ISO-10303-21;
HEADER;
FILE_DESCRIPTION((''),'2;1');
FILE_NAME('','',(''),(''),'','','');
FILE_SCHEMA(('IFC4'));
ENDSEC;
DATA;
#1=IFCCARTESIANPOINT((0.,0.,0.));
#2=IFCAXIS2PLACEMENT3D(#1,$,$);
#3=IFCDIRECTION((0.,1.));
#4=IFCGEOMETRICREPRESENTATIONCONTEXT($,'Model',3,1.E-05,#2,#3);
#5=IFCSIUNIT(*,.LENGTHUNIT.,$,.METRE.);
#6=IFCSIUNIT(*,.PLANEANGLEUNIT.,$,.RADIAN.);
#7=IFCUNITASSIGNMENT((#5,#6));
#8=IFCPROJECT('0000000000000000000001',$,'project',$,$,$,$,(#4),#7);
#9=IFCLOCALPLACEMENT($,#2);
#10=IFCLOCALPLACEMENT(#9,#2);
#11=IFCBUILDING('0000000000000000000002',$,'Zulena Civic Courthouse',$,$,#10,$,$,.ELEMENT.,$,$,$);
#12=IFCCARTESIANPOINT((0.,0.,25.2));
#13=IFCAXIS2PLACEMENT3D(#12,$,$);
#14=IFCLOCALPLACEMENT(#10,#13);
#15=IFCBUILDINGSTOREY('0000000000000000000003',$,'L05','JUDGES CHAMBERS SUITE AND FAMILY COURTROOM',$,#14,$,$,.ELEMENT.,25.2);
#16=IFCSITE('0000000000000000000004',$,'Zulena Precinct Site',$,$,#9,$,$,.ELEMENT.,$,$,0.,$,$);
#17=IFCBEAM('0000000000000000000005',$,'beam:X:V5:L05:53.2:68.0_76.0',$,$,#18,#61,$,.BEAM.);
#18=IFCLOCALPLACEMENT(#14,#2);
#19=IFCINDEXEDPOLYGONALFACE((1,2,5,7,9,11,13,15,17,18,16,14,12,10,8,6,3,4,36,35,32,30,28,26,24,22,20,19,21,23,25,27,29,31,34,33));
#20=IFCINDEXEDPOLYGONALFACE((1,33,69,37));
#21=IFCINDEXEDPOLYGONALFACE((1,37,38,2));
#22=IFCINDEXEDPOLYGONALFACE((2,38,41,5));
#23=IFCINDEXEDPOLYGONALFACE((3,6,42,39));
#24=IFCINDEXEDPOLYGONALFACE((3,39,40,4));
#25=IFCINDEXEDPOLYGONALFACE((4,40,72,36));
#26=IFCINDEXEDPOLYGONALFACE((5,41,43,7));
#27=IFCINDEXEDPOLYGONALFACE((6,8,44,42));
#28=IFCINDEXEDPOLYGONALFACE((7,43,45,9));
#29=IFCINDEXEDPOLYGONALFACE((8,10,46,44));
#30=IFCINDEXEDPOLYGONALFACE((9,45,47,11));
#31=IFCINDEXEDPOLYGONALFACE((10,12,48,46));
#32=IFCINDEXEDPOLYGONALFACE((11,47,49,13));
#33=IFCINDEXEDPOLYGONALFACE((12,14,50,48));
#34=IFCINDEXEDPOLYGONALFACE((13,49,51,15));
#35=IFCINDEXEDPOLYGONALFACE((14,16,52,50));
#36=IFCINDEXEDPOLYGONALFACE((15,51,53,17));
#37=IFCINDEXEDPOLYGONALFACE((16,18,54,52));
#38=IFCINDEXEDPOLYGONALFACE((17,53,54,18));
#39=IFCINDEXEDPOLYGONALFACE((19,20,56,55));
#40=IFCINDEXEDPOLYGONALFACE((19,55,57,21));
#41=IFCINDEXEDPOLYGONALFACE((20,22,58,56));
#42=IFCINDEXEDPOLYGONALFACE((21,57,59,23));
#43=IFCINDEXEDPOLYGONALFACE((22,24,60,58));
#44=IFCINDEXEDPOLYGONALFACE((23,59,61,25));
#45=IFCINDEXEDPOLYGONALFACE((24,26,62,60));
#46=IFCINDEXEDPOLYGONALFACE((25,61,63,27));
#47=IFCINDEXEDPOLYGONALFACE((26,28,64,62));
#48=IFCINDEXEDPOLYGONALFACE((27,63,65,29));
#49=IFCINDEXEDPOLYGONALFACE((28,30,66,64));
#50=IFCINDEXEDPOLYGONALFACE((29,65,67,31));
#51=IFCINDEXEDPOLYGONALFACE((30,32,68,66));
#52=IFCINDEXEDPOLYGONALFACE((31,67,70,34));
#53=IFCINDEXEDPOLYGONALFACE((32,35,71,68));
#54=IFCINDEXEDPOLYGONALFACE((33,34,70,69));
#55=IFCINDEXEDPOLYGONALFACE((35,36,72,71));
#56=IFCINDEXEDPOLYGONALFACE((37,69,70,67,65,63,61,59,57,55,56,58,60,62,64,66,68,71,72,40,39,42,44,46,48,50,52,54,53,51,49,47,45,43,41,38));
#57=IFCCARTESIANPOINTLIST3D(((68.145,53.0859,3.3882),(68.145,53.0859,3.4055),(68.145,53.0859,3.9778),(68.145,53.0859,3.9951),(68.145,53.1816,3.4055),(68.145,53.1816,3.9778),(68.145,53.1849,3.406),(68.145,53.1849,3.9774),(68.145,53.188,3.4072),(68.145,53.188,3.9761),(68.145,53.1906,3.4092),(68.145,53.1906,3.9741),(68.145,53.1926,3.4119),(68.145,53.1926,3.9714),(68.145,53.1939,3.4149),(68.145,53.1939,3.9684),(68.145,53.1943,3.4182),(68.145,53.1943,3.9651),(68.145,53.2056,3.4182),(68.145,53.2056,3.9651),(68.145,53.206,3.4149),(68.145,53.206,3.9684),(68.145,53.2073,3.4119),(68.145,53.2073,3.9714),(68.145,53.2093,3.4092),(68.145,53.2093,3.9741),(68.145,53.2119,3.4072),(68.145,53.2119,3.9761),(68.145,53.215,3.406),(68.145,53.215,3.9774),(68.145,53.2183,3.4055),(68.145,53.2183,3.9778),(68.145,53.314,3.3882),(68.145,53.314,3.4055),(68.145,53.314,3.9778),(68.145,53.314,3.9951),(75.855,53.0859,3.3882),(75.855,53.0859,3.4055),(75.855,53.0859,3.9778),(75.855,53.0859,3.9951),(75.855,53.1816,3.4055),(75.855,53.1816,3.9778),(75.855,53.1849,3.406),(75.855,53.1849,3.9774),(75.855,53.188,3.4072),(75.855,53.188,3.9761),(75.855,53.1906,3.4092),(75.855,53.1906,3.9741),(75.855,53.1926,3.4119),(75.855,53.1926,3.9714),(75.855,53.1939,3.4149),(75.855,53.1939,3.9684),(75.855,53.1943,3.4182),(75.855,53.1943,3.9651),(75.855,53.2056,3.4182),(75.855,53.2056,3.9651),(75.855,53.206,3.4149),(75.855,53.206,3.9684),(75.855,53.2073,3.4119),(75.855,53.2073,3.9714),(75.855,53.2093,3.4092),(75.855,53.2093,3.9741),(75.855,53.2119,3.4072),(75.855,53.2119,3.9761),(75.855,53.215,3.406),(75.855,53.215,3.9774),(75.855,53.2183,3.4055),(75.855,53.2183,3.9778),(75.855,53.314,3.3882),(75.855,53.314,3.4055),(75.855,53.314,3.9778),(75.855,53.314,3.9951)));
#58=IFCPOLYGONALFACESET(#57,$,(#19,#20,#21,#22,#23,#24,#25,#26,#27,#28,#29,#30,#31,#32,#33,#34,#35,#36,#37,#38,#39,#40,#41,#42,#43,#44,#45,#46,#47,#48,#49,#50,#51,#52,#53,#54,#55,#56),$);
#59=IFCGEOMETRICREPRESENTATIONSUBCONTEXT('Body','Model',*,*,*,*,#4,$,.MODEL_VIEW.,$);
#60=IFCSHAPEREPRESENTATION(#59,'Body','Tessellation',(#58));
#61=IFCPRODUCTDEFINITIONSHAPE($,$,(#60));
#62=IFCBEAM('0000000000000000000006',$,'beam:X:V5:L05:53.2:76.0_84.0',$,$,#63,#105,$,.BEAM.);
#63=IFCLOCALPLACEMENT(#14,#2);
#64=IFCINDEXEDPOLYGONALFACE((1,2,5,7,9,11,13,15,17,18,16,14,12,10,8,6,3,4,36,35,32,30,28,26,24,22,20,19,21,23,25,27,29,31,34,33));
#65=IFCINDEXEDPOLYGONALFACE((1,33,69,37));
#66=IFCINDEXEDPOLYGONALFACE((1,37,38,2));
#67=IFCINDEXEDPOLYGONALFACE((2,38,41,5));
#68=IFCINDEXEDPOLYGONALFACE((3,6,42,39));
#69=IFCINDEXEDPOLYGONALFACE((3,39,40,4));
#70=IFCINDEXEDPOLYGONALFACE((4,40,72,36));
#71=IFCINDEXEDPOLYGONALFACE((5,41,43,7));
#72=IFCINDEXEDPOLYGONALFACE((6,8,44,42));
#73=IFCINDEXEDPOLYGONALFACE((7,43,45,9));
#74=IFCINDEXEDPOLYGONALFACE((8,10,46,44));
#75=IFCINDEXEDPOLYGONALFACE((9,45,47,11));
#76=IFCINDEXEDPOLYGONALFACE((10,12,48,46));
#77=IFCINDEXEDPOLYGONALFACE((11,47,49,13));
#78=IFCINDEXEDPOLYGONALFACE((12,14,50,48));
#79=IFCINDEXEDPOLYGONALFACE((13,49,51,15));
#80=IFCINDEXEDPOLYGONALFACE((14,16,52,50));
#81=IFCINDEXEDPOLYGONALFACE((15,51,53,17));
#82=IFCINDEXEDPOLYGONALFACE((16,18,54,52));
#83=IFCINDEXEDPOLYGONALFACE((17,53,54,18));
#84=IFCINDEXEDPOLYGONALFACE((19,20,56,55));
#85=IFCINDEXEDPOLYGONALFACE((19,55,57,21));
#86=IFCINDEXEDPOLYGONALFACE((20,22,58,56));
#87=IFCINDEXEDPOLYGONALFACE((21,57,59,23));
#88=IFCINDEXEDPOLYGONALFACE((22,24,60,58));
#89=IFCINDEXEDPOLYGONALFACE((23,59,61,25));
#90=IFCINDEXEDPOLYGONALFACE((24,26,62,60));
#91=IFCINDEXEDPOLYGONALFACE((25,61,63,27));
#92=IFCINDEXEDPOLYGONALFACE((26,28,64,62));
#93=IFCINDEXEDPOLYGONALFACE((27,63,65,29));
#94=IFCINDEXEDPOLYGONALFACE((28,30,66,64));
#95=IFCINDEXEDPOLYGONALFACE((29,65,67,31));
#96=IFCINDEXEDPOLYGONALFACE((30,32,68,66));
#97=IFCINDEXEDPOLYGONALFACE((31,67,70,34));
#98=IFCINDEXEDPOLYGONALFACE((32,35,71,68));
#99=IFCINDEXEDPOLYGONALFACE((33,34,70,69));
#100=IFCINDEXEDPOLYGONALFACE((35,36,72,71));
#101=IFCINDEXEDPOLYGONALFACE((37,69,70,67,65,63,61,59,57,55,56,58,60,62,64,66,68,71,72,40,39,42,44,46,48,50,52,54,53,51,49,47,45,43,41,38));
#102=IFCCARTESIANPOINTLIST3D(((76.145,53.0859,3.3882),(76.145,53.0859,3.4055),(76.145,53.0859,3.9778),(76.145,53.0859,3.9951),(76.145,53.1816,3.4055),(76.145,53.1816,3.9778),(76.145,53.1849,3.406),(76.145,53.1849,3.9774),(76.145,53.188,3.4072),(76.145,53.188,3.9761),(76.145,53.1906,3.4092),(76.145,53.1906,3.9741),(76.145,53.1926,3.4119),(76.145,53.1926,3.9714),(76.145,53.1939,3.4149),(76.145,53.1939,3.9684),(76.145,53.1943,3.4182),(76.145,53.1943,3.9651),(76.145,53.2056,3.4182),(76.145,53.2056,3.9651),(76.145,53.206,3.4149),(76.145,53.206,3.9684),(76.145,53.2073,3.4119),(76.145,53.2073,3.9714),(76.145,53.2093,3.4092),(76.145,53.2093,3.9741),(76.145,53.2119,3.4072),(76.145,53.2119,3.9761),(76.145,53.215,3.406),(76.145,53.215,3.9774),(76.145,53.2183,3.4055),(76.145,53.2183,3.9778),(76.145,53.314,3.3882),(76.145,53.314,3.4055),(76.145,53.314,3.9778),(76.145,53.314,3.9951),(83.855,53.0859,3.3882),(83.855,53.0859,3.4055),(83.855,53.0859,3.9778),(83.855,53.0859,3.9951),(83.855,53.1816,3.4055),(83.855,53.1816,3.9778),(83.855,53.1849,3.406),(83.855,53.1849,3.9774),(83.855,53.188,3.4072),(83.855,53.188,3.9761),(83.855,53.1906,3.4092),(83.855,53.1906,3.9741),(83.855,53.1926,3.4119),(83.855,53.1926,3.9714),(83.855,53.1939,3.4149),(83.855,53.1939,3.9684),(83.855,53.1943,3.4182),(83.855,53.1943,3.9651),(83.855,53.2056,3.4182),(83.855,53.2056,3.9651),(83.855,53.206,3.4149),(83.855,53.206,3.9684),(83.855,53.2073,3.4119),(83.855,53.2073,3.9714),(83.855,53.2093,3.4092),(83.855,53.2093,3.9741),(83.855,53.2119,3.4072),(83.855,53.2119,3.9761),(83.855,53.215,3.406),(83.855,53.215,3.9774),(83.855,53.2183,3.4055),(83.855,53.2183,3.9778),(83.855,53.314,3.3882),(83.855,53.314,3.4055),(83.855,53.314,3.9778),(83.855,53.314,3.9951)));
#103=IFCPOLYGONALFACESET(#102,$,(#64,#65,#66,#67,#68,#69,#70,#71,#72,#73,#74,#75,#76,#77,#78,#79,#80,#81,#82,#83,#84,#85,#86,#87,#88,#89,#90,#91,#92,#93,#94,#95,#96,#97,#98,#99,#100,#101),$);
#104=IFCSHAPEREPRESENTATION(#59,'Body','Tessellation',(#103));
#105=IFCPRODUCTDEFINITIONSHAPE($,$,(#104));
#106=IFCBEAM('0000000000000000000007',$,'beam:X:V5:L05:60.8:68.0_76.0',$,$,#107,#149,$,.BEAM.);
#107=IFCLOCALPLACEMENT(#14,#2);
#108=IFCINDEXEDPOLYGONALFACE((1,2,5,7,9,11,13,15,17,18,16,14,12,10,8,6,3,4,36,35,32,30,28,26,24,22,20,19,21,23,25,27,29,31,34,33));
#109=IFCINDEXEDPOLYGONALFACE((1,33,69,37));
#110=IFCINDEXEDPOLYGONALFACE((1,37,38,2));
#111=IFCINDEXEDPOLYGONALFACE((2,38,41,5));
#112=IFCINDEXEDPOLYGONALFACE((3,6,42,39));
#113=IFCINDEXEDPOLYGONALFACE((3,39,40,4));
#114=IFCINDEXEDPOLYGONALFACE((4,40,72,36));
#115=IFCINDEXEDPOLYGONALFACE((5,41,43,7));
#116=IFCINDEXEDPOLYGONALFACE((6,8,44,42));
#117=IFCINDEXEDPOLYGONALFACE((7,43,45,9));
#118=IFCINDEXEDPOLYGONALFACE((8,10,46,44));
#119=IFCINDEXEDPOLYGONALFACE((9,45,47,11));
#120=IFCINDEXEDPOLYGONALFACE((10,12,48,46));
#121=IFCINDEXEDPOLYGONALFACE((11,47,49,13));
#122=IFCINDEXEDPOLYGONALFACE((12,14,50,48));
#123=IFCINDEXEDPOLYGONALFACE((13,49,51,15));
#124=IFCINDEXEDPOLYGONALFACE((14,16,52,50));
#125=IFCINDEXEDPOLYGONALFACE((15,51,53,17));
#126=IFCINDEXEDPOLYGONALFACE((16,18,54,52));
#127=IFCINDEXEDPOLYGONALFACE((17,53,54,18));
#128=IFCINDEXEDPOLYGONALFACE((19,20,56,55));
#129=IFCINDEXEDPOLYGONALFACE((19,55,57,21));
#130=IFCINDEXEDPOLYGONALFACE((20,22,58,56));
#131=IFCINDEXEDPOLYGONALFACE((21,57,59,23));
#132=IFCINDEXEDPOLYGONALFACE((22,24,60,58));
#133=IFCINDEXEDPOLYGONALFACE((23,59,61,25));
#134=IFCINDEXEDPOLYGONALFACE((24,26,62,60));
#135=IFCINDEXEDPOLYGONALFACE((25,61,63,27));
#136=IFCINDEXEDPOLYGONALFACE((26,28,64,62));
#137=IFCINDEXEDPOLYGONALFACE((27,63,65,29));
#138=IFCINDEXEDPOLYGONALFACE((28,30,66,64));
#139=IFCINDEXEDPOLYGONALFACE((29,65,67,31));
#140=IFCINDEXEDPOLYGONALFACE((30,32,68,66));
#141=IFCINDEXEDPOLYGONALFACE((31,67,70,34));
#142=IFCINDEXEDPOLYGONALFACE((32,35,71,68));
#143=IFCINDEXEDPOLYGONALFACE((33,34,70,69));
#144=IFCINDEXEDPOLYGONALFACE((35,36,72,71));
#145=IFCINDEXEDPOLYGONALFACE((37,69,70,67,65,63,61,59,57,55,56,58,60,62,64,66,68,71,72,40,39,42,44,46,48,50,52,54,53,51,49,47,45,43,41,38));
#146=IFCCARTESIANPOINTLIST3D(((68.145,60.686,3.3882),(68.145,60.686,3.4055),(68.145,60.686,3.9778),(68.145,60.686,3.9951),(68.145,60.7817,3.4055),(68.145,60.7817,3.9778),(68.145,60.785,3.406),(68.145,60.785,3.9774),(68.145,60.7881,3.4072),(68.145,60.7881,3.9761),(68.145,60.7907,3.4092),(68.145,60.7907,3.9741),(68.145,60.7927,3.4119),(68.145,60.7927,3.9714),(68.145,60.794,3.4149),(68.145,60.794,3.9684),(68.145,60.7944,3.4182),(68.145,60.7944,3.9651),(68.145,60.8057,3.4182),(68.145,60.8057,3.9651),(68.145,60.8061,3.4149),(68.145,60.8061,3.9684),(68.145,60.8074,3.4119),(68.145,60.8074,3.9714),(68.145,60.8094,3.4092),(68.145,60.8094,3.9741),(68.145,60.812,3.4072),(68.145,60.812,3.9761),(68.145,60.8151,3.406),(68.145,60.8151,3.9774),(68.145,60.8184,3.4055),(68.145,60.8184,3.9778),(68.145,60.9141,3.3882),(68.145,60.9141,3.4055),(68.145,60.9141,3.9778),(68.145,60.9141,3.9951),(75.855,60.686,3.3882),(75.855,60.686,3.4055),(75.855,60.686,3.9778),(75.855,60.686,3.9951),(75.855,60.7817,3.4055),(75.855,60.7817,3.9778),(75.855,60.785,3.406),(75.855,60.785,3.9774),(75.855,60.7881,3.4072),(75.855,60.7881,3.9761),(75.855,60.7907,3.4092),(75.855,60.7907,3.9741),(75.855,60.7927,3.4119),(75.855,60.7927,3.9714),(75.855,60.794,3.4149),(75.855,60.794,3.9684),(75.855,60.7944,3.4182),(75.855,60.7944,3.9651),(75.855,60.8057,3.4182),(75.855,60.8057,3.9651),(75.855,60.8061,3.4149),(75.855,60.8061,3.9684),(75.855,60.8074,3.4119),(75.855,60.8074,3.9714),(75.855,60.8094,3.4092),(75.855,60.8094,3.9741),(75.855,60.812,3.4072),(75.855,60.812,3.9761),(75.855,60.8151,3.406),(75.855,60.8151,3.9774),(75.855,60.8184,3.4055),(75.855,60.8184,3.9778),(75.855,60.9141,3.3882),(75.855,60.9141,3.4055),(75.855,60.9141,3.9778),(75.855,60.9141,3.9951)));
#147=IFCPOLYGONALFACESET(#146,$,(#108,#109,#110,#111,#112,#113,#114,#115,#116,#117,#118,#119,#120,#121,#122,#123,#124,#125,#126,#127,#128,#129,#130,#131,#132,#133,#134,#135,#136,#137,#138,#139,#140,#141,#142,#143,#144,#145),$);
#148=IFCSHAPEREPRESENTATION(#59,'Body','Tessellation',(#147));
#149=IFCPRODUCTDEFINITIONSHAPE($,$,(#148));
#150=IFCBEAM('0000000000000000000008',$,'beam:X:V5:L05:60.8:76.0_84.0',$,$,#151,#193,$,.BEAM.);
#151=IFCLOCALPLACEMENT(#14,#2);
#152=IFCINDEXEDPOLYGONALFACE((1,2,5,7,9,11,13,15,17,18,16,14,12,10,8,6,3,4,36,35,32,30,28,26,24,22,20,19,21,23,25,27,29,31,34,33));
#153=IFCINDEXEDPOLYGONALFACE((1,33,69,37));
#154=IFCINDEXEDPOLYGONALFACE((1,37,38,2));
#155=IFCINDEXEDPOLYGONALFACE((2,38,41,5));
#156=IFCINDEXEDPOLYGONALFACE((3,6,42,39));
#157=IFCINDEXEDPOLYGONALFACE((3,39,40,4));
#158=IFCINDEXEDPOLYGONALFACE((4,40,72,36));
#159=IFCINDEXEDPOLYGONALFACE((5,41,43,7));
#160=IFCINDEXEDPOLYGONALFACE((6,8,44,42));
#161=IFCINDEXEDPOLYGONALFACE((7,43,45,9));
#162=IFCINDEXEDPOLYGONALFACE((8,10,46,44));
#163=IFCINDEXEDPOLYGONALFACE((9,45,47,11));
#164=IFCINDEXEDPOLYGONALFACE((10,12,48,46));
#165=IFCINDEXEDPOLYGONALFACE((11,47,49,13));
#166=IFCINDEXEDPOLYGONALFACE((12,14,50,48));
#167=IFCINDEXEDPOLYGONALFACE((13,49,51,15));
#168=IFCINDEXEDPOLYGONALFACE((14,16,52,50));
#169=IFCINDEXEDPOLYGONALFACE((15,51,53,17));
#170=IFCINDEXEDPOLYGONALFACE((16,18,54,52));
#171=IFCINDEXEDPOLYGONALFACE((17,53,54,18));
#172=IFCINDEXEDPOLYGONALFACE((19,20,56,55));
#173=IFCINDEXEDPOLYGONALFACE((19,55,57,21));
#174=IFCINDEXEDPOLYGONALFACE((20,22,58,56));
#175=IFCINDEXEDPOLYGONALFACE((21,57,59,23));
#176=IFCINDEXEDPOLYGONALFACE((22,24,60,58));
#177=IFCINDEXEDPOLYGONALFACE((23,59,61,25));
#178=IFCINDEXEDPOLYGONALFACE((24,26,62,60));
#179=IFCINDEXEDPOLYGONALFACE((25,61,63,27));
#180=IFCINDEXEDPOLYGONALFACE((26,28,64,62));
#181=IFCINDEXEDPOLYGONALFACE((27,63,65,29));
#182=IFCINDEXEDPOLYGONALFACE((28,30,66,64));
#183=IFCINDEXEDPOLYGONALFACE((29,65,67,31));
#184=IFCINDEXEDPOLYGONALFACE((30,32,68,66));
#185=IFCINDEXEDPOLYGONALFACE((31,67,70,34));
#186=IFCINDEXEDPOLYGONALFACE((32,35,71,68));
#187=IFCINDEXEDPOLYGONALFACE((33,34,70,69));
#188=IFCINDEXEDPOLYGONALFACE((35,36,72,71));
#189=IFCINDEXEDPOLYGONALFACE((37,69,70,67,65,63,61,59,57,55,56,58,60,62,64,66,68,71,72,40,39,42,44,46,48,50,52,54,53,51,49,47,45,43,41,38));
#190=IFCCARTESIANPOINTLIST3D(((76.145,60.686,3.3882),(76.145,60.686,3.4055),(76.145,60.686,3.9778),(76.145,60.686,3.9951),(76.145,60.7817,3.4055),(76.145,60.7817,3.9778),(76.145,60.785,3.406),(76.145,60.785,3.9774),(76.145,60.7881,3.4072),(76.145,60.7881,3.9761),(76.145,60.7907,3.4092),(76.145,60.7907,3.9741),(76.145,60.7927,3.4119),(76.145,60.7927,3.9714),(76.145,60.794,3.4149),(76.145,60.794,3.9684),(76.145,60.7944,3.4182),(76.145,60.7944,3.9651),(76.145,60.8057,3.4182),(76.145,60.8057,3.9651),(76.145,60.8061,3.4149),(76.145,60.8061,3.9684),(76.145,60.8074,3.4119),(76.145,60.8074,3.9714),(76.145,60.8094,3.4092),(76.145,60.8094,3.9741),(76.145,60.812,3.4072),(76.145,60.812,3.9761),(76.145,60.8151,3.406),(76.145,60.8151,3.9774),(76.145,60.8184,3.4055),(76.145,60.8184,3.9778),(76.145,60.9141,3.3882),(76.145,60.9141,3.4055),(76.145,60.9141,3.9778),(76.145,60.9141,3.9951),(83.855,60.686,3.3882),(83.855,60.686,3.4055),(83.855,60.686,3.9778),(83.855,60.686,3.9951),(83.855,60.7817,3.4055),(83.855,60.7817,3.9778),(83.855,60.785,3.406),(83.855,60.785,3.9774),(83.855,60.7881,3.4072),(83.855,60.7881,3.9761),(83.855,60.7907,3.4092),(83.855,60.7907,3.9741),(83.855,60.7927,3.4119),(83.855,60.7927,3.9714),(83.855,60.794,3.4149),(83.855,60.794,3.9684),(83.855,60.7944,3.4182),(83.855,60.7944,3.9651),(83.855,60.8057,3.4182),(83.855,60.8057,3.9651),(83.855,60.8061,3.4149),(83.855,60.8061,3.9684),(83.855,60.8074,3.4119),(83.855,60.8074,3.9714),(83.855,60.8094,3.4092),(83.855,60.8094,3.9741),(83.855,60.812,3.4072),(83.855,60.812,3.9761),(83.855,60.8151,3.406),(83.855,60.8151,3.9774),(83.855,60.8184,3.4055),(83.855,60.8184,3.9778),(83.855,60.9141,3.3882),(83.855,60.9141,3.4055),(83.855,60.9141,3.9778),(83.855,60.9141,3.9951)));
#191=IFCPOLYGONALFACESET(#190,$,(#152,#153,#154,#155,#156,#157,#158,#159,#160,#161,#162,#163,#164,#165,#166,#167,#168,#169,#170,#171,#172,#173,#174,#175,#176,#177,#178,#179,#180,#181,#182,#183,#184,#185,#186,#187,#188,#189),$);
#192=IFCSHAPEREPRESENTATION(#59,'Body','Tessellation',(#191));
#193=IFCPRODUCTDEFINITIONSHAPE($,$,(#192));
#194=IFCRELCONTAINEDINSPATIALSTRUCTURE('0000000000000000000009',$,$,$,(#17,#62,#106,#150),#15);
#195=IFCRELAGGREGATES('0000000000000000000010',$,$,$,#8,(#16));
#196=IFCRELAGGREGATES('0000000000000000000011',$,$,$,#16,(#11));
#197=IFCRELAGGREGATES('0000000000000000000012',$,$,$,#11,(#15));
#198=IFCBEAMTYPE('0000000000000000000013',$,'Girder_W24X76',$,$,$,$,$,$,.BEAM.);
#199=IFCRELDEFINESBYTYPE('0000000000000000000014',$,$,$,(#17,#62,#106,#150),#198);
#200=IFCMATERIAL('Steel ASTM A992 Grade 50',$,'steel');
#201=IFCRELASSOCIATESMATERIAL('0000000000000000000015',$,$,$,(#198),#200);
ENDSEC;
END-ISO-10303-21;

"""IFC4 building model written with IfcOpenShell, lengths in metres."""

from ifc_helpers import new_model, si_unit, direction, frame, origin, origin_2d, place, context, subcontext, project, spatial, i_section, extrude, material, material_profile, profile_set, type_object, element, save


model = new_model("IFC4")

# Units and contexts
model_context = context("Model", 3, precision=1e-05, world=origin(), true_north=direction((0.0, 1.0)))
body_context = subcontext(model_context, "Body", "Model", "MODEL_VIEW")
ifc_project = project(units=[si_unit("LENGTHUNIT", "METRE"), si_unit("PLANEANGLEUNIT", "RADIAN")], contexts=[model_context])

# Site, building, storey
site_placement = place(None, origin())
site = spatial("IfcSite", under=ifc_project, at=site_placement, Name="Zulena Precinct Site", CompositionType="ELEMENT", RefElevation=0.0)
building_placement = place(site_placement, origin())
building = spatial("IfcBuilding", under=site, at=building_placement, Name="Zulena Civic Courthouse", CompositionType="ELEMENT")
storey_placement = place(building_placement, frame((0.0, 0.0, 25.2)))
storey = spatial("IfcBuildingStorey", under=building, at=storey_placement, Name="L05", Description="JUDGES CHAMBERS SUITE AND FAMILY COURTROOM", CompositionType="ELEMENT", Elevation=25.2)

# Shared definitions
ifc_material_1 = material(Name="Steel ASTM A992 Grade 50", Category="steel")

# Beams
ifc_material_profile_1 = material_profile(ifc_material_1, i_section(OverallWidth=0.228, OverallDepth=0.6069, WebThickness=0.0112, FlangeThickness=0.0173, FilletRadius=0.0127, at=origin_2d()), Name="W24X76")
ifc_profile_set_1 = profile_set([ifc_material_profile_1], Name="Steel ASTM A992 Grade 50")
beam_type_1 = type_object("IfcBeamType", Name="Girder_W24X76", PredefinedType="BEAM", material=ifc_profile_set_1)
for number, where, z_axis, x_axis, name in (
    (1, (68.145, 53.2, 3.6917), (1.0, 0.0, 0.0), (0.0, 1.0, 0.0), "beam:X:V5:L05:53.2:68.0_76.0"),
    (2, (76.145, 53.2, 3.6917), (1.0, 0.0, 0.0), (0.0, 1.0, 0.0), "beam:X:V5:L05:53.2:76.0_84.0"),
    (3, (68.145, 60.8, 3.6917), (1.0, 0.0, 0.0), (0.0, 1.0, 0.0), "beam:X:V5:L05:60.8:68.0_76.0"),
    (4, (76.145, 60.8, 3.6917), (1.0, 0.0, 0.0), (0.0, 1.0, 0.0), "beam:X:V5:L05:60.8:76.0_84.0"),
):
    element("IfcBeam", number, at=place(storey_placement, frame(where, z_axis=z_axis, x_axis=x_axis)), inside=storey, type_object=beam_type_1, Name=name, PredefinedType="BEAM", context=body_context, shape_type="SweptSolid", body=[
        extrude(i_section(OverallWidth=0.228, OverallDepth=0.6069, WebThickness=0.0112, FlangeThickness=0.0173, FilletRadius=0.0127, at=origin_2d()), origin(), (0.0, 0.0, 1.0), 7.71),
    ])

save(model, "model.ifc")
